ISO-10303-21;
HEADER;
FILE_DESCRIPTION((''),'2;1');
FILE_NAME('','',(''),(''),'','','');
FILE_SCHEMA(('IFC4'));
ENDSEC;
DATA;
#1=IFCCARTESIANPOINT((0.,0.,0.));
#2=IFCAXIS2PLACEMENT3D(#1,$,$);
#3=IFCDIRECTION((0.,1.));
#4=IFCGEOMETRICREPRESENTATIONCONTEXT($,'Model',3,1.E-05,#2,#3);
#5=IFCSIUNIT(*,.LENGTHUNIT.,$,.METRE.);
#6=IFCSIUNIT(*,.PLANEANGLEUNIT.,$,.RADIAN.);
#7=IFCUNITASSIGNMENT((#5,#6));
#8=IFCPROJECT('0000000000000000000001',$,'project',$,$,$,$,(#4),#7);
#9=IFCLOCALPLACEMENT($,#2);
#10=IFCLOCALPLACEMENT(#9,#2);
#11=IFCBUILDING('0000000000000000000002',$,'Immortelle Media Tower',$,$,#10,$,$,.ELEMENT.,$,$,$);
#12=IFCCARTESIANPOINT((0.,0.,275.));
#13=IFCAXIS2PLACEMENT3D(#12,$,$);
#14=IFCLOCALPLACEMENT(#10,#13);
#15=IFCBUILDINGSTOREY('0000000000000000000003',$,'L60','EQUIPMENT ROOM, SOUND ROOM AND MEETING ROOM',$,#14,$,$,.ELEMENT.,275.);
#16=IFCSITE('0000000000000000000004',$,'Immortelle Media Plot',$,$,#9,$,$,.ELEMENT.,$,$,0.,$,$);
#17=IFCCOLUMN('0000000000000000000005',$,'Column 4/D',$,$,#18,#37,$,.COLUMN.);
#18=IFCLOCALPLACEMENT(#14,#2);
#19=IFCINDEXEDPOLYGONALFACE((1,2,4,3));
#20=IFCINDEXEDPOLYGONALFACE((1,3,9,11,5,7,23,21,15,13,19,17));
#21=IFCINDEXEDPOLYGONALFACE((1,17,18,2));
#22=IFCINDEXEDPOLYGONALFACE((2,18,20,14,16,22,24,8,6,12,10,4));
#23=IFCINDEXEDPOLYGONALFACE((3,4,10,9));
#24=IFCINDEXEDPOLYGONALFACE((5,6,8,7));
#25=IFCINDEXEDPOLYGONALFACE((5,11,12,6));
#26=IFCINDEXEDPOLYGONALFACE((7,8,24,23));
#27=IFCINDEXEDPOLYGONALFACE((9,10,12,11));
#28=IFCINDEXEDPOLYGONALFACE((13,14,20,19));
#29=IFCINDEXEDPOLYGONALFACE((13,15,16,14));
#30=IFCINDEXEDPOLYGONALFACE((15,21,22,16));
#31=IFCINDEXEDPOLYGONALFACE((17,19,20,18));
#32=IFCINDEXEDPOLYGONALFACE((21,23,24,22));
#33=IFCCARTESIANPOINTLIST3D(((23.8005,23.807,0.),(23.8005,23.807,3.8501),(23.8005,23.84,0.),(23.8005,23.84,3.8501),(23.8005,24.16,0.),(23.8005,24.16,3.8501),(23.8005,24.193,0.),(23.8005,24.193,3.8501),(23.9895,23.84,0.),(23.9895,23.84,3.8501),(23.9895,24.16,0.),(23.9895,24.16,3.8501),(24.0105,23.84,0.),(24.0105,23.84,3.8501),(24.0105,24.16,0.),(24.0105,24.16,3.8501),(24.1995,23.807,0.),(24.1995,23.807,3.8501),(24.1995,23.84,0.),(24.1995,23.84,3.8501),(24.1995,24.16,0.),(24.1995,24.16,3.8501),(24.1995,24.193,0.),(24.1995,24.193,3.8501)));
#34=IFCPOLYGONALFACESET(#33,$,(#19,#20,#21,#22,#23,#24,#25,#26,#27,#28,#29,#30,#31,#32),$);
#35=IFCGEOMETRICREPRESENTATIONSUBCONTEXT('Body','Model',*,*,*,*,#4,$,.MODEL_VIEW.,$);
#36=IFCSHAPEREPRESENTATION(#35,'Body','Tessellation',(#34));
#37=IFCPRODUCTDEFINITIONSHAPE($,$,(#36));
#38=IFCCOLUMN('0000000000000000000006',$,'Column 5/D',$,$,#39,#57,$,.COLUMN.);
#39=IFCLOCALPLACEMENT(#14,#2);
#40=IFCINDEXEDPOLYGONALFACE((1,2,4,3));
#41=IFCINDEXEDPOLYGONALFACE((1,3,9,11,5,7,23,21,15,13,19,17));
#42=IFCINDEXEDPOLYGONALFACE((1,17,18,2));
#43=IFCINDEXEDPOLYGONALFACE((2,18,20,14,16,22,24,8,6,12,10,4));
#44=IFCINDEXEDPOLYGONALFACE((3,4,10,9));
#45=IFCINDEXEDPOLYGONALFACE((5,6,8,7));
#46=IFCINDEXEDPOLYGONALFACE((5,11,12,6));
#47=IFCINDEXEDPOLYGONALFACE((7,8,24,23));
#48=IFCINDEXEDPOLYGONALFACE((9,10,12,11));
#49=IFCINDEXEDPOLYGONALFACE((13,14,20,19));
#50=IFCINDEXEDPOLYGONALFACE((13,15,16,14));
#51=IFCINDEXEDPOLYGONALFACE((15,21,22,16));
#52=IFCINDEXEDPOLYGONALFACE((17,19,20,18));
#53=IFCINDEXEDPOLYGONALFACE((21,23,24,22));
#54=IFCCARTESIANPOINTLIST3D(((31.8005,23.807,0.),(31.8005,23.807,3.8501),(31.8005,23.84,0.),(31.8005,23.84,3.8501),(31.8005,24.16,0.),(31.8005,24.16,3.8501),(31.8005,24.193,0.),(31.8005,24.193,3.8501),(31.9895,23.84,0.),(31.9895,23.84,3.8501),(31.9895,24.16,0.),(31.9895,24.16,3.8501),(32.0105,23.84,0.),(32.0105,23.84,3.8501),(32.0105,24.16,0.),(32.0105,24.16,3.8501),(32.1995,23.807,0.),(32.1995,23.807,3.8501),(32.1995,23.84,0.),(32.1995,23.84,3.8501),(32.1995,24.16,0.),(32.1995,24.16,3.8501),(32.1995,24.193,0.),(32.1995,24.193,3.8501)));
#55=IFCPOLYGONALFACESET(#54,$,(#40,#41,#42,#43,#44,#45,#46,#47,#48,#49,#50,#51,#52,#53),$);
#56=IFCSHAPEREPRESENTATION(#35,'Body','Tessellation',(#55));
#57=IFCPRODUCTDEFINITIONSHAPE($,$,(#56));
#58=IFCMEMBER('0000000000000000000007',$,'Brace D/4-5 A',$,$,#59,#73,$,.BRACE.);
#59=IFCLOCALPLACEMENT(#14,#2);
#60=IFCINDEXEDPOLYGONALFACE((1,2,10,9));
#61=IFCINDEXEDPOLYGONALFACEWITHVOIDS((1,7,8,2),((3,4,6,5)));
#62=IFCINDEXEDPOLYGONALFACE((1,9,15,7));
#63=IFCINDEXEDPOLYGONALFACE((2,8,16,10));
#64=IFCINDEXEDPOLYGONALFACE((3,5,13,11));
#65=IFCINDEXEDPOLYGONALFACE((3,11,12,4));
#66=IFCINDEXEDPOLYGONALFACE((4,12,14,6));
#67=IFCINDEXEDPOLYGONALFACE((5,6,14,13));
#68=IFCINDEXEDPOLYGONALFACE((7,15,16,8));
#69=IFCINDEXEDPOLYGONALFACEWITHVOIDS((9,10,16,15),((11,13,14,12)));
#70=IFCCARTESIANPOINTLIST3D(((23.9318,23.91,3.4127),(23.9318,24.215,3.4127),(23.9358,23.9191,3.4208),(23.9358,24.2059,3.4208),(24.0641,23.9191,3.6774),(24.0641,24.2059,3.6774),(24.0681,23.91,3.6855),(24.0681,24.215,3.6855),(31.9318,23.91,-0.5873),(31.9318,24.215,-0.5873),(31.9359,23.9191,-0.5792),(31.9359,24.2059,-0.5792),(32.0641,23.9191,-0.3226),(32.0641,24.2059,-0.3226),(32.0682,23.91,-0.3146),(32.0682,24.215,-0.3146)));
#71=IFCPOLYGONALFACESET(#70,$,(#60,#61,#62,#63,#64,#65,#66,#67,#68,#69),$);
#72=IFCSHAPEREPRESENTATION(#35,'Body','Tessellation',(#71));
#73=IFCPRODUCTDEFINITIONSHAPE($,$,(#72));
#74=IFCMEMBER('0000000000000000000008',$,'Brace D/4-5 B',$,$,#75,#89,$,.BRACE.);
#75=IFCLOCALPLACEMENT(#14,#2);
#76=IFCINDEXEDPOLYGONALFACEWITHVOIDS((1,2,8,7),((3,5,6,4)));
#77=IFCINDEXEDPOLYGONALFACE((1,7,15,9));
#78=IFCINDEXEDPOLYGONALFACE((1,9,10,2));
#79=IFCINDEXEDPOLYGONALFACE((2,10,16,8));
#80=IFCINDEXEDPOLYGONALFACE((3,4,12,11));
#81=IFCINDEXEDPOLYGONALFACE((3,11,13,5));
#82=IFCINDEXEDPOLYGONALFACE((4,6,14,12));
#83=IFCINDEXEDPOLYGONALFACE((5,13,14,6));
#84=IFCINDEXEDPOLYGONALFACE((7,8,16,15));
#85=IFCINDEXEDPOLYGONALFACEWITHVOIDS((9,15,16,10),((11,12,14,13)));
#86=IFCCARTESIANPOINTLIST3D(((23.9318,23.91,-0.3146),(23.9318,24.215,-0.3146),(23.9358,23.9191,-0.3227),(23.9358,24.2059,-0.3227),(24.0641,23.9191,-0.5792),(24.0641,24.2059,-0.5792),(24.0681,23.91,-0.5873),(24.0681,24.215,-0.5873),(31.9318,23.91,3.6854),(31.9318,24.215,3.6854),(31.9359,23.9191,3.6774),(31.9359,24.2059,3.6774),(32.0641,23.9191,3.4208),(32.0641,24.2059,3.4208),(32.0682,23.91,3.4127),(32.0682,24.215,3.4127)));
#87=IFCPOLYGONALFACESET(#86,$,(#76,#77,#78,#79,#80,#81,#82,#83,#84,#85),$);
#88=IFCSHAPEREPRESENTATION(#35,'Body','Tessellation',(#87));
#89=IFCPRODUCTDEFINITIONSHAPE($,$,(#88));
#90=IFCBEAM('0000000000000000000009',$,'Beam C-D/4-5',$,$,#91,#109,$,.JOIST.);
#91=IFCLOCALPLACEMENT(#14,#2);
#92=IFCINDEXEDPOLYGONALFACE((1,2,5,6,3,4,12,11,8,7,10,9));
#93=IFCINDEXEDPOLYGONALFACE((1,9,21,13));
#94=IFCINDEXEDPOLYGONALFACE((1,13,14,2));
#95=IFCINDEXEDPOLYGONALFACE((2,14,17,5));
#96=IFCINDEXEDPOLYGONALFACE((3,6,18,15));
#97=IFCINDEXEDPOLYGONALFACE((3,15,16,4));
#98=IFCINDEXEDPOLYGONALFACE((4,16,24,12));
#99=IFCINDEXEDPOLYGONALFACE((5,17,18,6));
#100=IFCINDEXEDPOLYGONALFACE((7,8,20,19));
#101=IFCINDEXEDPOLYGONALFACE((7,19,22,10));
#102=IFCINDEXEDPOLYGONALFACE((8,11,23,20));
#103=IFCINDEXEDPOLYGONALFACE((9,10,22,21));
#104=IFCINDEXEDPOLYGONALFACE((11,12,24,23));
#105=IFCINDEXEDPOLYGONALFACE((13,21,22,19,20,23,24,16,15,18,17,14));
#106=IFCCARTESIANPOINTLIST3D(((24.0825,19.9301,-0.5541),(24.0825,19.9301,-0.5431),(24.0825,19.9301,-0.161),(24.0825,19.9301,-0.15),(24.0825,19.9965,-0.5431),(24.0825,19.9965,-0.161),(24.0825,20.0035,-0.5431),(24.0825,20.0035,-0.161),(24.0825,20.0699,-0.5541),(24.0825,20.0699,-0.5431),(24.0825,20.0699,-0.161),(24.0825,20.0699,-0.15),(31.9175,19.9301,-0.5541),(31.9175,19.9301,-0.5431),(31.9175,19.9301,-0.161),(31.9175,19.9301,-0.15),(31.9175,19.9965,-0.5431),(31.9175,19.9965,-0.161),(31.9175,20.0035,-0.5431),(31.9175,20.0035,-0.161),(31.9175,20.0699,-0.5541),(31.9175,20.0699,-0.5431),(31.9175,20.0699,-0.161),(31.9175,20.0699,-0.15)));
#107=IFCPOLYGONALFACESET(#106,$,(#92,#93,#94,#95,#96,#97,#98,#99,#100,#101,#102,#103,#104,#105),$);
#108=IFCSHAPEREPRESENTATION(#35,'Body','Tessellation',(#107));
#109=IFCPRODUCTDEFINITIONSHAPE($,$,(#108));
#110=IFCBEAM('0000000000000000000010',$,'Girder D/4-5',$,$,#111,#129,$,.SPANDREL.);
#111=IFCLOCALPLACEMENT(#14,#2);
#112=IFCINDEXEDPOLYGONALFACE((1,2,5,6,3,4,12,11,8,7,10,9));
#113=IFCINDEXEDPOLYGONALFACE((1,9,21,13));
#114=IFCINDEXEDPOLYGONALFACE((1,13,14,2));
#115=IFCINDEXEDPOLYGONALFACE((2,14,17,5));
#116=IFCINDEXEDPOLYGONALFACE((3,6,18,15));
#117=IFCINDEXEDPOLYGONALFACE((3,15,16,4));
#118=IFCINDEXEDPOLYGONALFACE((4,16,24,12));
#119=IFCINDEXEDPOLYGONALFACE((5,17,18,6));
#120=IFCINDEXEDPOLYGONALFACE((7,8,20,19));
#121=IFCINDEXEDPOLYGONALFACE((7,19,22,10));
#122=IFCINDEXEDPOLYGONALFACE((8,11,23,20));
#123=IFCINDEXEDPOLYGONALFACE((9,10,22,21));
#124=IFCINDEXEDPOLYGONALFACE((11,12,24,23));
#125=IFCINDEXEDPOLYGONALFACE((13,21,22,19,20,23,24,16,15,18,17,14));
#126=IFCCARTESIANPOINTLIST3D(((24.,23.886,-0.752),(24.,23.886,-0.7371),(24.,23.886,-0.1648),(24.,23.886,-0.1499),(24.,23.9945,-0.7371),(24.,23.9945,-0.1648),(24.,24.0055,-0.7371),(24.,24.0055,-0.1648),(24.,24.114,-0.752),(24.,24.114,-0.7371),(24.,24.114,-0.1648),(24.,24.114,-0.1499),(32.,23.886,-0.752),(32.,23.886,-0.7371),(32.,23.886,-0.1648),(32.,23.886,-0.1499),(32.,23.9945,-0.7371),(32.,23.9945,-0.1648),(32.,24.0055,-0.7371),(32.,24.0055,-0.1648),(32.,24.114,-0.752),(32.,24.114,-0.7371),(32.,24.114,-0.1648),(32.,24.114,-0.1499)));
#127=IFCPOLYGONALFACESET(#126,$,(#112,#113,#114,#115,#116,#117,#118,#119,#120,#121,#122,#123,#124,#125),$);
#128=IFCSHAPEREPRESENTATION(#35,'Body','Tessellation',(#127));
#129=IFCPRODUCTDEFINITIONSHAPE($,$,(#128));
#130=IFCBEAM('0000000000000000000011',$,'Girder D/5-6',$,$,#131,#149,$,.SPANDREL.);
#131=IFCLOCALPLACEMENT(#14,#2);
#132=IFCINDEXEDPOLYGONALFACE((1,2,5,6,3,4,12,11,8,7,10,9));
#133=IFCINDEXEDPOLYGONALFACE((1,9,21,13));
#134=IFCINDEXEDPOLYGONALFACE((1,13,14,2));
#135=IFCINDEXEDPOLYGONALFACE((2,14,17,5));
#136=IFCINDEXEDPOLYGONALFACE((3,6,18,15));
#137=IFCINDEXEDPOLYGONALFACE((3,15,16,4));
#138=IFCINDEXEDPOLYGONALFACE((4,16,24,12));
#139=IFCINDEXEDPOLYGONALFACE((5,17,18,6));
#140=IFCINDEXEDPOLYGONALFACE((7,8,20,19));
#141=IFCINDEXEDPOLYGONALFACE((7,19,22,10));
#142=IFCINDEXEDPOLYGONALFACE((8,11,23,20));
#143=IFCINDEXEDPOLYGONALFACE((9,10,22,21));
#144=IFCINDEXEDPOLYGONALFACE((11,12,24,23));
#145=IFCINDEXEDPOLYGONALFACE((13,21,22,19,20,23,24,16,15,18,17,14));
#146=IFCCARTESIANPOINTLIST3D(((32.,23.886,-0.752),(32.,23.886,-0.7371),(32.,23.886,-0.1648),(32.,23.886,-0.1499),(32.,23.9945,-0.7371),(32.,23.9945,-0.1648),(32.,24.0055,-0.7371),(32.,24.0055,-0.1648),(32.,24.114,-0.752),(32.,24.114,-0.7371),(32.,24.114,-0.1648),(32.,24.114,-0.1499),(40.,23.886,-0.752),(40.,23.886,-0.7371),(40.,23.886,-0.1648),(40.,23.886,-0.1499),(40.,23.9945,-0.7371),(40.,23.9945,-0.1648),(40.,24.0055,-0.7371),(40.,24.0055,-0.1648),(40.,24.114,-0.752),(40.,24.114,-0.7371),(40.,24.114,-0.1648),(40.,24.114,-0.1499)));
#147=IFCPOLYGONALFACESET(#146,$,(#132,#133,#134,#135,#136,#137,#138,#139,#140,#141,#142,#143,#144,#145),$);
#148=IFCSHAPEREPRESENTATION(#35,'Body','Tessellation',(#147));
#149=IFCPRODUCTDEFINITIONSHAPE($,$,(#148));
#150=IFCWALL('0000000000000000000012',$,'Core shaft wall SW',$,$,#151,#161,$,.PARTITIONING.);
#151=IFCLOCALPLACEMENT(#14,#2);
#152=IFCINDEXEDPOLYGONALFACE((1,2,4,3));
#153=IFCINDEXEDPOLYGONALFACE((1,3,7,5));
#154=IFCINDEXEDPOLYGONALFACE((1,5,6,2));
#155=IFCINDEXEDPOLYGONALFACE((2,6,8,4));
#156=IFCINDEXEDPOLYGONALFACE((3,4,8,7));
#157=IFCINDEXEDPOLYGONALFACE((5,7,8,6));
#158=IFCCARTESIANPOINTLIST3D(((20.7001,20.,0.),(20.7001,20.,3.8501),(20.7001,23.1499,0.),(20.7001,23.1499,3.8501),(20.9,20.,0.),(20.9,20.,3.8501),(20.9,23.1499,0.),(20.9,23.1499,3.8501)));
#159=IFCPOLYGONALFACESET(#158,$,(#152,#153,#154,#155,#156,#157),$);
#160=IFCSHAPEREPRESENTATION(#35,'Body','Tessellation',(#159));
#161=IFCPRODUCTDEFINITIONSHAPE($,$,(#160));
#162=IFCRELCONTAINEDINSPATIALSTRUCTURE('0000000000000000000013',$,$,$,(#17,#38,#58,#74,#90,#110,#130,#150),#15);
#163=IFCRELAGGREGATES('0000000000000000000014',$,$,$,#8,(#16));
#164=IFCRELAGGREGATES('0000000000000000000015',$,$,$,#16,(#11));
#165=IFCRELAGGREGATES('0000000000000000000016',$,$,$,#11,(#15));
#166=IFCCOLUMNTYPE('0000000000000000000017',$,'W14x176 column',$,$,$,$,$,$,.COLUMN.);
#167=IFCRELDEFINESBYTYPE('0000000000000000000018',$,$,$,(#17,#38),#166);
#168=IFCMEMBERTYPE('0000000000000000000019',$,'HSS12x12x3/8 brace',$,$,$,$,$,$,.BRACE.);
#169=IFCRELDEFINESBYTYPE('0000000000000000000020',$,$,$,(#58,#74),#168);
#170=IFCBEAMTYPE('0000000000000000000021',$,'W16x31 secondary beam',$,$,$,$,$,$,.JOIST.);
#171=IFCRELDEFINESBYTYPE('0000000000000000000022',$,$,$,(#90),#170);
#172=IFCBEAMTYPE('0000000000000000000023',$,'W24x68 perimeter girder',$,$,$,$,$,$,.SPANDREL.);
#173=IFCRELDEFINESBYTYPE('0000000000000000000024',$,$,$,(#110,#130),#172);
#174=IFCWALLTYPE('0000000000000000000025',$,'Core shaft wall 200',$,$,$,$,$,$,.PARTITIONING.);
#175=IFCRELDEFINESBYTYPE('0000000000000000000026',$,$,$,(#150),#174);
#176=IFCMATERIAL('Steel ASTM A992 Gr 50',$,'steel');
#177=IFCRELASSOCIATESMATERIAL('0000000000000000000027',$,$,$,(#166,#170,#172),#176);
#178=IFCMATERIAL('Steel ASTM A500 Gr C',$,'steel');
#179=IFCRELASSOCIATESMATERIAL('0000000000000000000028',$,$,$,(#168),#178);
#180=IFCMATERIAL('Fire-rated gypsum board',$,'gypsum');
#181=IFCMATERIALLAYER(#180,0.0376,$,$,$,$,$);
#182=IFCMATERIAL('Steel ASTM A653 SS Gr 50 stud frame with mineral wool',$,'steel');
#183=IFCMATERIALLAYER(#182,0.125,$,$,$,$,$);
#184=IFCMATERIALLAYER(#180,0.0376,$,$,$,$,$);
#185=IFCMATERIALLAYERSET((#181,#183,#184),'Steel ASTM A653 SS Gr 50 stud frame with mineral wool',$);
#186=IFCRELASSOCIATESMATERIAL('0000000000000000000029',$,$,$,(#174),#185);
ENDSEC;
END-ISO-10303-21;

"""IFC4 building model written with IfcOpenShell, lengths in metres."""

from ifc_helpers import new_model, si_unit, direction, frame, frame_2d, origin, origin_2d, place, context, subcontext, project, spatial, rectangle, hollow_rectangle, i_section, extrude, material, layer, layer_set, material_profile, profile_set, type_object, element, save


model = new_model("IFC4")

# Units and contexts
model_context = context("Model", 3, precision=1e-05, world=origin(), true_north=direction((0.0, 1.0)))
body_context = subcontext(model_context, "Body", "Model", "MODEL_VIEW")
ifc_project = project(units=[si_unit("LENGTHUNIT", "METRE"), si_unit("PLANEANGLEUNIT", "RADIAN")], contexts=[model_context])

# Site, building, storey
site_placement = place(None, origin())
site = spatial("IfcSite", under=ifc_project, at=site_placement, Name="Immortelle Media Plot", CompositionType="ELEMENT", RefElevation=0.0)
building_placement = place(site_placement, origin())
building = spatial("IfcBuilding", under=site, at=building_placement, Name="Immortelle Media Tower", CompositionType="ELEMENT")
storey_placement = place(building_placement, frame((0.0, 0.0, 275.0)))
storey = spatial("IfcBuildingStorey", under=building, at=storey_placement, Name="L60", Description="EQUIPMENT ROOM, SOUND ROOM AND MEETING ROOM", CompositionType="ELEMENT", Elevation=275.0)

# Columns
ifc_material_1 = material(Name="Steel ASTM A992 Gr 50", Category="steel")
ifc_material_profile_1 = material_profile(ifc_material_1, i_section(OverallWidth=0.3989, OverallDepth=0.386, WebThickness=0.021, FlangeThickness=0.033, at=origin_2d()), Name="W14x176")
ifc_profile_set_1 = profile_set([ifc_material_profile_1], Name="Steel ASTM A992 Gr 50")
column_type = type_object("IfcColumnType", Name="W14x176 column", PredefinedType="COLUMN", material=ifc_profile_set_1)
for number, where, z_axis, x_axis, name in (
    (1, (24.0, 24.0, 0.0), (0.0, 0.0, 1.0), (1.0, 0.0, 0.0), "Column 4/D"),
    (2, (32.0, 24.0, 0.0), (0.0, 0.0, 1.0), (1.0, 0.0, 0.0), "Column 5/D"),
):
    element("IfcColumn", number, at=place(storey_placement, frame(where, z_axis=z_axis, x_axis=x_axis)), inside=storey, type_object=column_type, Name=name, PredefinedType="COLUMN", context=body_context, shape_type="SweptSolid", body=[
        extrude(i_section(OverallWidth=0.3989, OverallDepth=0.386, WebThickness=0.021, FlangeThickness=0.033, at=origin_2d()), origin(), (0.0, 0.0, 1.0), 3.8501),
    ])

# Members
ifc_material_2 = material(Name="Steel ASTM A500 Gr C", Category="steel")
ifc_material_profile_2 = material_profile(ifc_material_2, hollow_rectangle(XDim=0.3049, YDim=0.3049, WallThickness=0.009, at=origin_2d()), Name="HSS12x12x3/8 brace")
ifc_profile_set_2 = profile_set([ifc_material_profile_2], Name="Steel ASTM A500 Gr C")
member_type = type_object("IfcMemberType", Name="HSS12x12x3/8 brace", PredefinedType="BRACE", material=ifc_profile_set_2)
for number, where, z_axis, x_axis, name in (
    (3, (32.0, 24.0625, -0.4509), (-0.894427, 0.0, 0.447214), (0.0, -1.0, 0.0), "Brace D/4-5 A"),
    (4, (32.0, 24.0625, 3.5491), (-0.894427, 0.0, -0.447214), (0.0, -1.0, 0.0), "Brace D/4-5 B"),
):
    element("IfcMember", number, at=place(storey_placement, frame(where, z_axis=z_axis, x_axis=x_axis)), inside=storey, type_object=member_type, Name=name, PredefinedType="BRACE", context=body_context, shape_type="SweptSolid", body=[
        extrude(hollow_rectangle(XDim=0.3049, YDim=0.3049, WallThickness=0.009, at=origin_2d()), origin(), (0.0, 0.0, 1.0), 8.9443),
    ])

# Beams
ifc_material_profile_3 = material_profile(ifc_material_1, i_section(OverallWidth=0.1399, OverallDepth=0.4041, WebThickness=0.0071, FlangeThickness=0.011, at=origin_2d()), Name="W16x31")
ifc_profile_set_3 = profile_set([ifc_material_profile_3], Name="Steel ASTM A992 Gr 50")
beam_type_1 = type_object("IfcBeamType", Name="W16x31 secondary beam", PredefinedType="JOIST", material=ifc_profile_set_3)
beam_placement = place(storey_placement, frame((24.0825, 20.0, -0.3521), z_axis=(1.0, 0.0, 0.0), x_axis=(0.0, 1.0, 0.0)))
element("IfcBeam", 5, at=beam_placement, inside=storey, type_object=beam_type_1, Name="Beam C-D/4-5", PredefinedType="JOIST", context=body_context, shape_type="SweptSolid", body=[
    extrude(i_section(OverallWidth=0.1399, OverallDepth=0.4041, WebThickness=0.0071, FlangeThickness=0.011, at=origin_2d()), origin(), (0.0, 0.0, 1.0), 7.835),
])
ifc_material_profile_4 = material_profile(ifc_material_1, i_section(OverallWidth=0.228, OverallDepth=0.6021, WebThickness=0.011, FlangeThickness=0.0149, at=origin_2d()), Name="W24x68")
ifc_profile_set_4 = profile_set([ifc_material_profile_4], Name="Steel ASTM A992 Gr 50")
beam_type_2 = type_object("IfcBeamType", Name="W24x68 perimeter girder", PredefinedType="SPANDREL", material=ifc_profile_set_4)
for number, where, z_axis, x_axis, name in (
    (6, (24.0, 24.0, -0.4509), (1.0, 0.0, 0.0), (0.0, 1.0, 0.0), "Girder D/4-5"),
    (7, (32.0, 24.0, -0.4509), (1.0, 0.0, 0.0), (0.0, 1.0, 0.0), "Girder D/5-6"),
):
    element("IfcBeam", number, at=place(storey_placement, frame(where, z_axis=z_axis, x_axis=x_axis)), inside=storey, type_object=beam_type_2, Name=name, PredefinedType="SPANDREL", context=body_context, shape_type="SweptSolid", body=[
        extrude(i_section(OverallWidth=0.228, OverallDepth=0.6021, WebThickness=0.011, FlangeThickness=0.0149, at=origin_2d()), origin(), (0.0, 0.0, 1.0), 8.0),
    ])

# Wall
ifc_material_3 = material(Name="Fire-rated gypsum board", Category="gypsum")
ifc_layer_1 = layer(ifc_material_3, 0.0376)
ifc_material_4 = material(Name="Steel ASTM A653 SS Gr 50 stud frame with mineral wool", Category="steel")
ifc_layer_2 = layer(ifc_material_4, 0.125)
ifc_layer_3 = layer(ifc_material_3, 0.0376)
ifc_layer_set_1 = layer_set([ifc_layer_1, ifc_layer_2, ifc_layer_3], Name="Steel ASTM A653 SS Gr 50 stud frame with mineral wool")
wall_type_1 = type_object("IfcWallType", Name="Core shaft wall 200", PredefinedType="PARTITIONING", material=ifc_layer_set_1)
wall_1_placement = place(storey_placement, frame((20.8, 20.0, 0.0), z_axis=(0.0, 0.0, 1.0), x_axis=(0.0, 1.0, 0.0)))
element("IfcWall", 8, at=wall_1_placement, inside=storey, type_object=wall_type_1, Name="Core shaft wall SW", PredefinedType="PARTITIONING", context=body_context, shape_type="SweptSolid", body=[
    extrude(rectangle(XDim=3.1499, YDim=0.2, at=frame_2d((1.575, 0.0))), origin(), (0.0, 0.0, 1.0), 3.8501),
])

save(model, "model.ifc")
